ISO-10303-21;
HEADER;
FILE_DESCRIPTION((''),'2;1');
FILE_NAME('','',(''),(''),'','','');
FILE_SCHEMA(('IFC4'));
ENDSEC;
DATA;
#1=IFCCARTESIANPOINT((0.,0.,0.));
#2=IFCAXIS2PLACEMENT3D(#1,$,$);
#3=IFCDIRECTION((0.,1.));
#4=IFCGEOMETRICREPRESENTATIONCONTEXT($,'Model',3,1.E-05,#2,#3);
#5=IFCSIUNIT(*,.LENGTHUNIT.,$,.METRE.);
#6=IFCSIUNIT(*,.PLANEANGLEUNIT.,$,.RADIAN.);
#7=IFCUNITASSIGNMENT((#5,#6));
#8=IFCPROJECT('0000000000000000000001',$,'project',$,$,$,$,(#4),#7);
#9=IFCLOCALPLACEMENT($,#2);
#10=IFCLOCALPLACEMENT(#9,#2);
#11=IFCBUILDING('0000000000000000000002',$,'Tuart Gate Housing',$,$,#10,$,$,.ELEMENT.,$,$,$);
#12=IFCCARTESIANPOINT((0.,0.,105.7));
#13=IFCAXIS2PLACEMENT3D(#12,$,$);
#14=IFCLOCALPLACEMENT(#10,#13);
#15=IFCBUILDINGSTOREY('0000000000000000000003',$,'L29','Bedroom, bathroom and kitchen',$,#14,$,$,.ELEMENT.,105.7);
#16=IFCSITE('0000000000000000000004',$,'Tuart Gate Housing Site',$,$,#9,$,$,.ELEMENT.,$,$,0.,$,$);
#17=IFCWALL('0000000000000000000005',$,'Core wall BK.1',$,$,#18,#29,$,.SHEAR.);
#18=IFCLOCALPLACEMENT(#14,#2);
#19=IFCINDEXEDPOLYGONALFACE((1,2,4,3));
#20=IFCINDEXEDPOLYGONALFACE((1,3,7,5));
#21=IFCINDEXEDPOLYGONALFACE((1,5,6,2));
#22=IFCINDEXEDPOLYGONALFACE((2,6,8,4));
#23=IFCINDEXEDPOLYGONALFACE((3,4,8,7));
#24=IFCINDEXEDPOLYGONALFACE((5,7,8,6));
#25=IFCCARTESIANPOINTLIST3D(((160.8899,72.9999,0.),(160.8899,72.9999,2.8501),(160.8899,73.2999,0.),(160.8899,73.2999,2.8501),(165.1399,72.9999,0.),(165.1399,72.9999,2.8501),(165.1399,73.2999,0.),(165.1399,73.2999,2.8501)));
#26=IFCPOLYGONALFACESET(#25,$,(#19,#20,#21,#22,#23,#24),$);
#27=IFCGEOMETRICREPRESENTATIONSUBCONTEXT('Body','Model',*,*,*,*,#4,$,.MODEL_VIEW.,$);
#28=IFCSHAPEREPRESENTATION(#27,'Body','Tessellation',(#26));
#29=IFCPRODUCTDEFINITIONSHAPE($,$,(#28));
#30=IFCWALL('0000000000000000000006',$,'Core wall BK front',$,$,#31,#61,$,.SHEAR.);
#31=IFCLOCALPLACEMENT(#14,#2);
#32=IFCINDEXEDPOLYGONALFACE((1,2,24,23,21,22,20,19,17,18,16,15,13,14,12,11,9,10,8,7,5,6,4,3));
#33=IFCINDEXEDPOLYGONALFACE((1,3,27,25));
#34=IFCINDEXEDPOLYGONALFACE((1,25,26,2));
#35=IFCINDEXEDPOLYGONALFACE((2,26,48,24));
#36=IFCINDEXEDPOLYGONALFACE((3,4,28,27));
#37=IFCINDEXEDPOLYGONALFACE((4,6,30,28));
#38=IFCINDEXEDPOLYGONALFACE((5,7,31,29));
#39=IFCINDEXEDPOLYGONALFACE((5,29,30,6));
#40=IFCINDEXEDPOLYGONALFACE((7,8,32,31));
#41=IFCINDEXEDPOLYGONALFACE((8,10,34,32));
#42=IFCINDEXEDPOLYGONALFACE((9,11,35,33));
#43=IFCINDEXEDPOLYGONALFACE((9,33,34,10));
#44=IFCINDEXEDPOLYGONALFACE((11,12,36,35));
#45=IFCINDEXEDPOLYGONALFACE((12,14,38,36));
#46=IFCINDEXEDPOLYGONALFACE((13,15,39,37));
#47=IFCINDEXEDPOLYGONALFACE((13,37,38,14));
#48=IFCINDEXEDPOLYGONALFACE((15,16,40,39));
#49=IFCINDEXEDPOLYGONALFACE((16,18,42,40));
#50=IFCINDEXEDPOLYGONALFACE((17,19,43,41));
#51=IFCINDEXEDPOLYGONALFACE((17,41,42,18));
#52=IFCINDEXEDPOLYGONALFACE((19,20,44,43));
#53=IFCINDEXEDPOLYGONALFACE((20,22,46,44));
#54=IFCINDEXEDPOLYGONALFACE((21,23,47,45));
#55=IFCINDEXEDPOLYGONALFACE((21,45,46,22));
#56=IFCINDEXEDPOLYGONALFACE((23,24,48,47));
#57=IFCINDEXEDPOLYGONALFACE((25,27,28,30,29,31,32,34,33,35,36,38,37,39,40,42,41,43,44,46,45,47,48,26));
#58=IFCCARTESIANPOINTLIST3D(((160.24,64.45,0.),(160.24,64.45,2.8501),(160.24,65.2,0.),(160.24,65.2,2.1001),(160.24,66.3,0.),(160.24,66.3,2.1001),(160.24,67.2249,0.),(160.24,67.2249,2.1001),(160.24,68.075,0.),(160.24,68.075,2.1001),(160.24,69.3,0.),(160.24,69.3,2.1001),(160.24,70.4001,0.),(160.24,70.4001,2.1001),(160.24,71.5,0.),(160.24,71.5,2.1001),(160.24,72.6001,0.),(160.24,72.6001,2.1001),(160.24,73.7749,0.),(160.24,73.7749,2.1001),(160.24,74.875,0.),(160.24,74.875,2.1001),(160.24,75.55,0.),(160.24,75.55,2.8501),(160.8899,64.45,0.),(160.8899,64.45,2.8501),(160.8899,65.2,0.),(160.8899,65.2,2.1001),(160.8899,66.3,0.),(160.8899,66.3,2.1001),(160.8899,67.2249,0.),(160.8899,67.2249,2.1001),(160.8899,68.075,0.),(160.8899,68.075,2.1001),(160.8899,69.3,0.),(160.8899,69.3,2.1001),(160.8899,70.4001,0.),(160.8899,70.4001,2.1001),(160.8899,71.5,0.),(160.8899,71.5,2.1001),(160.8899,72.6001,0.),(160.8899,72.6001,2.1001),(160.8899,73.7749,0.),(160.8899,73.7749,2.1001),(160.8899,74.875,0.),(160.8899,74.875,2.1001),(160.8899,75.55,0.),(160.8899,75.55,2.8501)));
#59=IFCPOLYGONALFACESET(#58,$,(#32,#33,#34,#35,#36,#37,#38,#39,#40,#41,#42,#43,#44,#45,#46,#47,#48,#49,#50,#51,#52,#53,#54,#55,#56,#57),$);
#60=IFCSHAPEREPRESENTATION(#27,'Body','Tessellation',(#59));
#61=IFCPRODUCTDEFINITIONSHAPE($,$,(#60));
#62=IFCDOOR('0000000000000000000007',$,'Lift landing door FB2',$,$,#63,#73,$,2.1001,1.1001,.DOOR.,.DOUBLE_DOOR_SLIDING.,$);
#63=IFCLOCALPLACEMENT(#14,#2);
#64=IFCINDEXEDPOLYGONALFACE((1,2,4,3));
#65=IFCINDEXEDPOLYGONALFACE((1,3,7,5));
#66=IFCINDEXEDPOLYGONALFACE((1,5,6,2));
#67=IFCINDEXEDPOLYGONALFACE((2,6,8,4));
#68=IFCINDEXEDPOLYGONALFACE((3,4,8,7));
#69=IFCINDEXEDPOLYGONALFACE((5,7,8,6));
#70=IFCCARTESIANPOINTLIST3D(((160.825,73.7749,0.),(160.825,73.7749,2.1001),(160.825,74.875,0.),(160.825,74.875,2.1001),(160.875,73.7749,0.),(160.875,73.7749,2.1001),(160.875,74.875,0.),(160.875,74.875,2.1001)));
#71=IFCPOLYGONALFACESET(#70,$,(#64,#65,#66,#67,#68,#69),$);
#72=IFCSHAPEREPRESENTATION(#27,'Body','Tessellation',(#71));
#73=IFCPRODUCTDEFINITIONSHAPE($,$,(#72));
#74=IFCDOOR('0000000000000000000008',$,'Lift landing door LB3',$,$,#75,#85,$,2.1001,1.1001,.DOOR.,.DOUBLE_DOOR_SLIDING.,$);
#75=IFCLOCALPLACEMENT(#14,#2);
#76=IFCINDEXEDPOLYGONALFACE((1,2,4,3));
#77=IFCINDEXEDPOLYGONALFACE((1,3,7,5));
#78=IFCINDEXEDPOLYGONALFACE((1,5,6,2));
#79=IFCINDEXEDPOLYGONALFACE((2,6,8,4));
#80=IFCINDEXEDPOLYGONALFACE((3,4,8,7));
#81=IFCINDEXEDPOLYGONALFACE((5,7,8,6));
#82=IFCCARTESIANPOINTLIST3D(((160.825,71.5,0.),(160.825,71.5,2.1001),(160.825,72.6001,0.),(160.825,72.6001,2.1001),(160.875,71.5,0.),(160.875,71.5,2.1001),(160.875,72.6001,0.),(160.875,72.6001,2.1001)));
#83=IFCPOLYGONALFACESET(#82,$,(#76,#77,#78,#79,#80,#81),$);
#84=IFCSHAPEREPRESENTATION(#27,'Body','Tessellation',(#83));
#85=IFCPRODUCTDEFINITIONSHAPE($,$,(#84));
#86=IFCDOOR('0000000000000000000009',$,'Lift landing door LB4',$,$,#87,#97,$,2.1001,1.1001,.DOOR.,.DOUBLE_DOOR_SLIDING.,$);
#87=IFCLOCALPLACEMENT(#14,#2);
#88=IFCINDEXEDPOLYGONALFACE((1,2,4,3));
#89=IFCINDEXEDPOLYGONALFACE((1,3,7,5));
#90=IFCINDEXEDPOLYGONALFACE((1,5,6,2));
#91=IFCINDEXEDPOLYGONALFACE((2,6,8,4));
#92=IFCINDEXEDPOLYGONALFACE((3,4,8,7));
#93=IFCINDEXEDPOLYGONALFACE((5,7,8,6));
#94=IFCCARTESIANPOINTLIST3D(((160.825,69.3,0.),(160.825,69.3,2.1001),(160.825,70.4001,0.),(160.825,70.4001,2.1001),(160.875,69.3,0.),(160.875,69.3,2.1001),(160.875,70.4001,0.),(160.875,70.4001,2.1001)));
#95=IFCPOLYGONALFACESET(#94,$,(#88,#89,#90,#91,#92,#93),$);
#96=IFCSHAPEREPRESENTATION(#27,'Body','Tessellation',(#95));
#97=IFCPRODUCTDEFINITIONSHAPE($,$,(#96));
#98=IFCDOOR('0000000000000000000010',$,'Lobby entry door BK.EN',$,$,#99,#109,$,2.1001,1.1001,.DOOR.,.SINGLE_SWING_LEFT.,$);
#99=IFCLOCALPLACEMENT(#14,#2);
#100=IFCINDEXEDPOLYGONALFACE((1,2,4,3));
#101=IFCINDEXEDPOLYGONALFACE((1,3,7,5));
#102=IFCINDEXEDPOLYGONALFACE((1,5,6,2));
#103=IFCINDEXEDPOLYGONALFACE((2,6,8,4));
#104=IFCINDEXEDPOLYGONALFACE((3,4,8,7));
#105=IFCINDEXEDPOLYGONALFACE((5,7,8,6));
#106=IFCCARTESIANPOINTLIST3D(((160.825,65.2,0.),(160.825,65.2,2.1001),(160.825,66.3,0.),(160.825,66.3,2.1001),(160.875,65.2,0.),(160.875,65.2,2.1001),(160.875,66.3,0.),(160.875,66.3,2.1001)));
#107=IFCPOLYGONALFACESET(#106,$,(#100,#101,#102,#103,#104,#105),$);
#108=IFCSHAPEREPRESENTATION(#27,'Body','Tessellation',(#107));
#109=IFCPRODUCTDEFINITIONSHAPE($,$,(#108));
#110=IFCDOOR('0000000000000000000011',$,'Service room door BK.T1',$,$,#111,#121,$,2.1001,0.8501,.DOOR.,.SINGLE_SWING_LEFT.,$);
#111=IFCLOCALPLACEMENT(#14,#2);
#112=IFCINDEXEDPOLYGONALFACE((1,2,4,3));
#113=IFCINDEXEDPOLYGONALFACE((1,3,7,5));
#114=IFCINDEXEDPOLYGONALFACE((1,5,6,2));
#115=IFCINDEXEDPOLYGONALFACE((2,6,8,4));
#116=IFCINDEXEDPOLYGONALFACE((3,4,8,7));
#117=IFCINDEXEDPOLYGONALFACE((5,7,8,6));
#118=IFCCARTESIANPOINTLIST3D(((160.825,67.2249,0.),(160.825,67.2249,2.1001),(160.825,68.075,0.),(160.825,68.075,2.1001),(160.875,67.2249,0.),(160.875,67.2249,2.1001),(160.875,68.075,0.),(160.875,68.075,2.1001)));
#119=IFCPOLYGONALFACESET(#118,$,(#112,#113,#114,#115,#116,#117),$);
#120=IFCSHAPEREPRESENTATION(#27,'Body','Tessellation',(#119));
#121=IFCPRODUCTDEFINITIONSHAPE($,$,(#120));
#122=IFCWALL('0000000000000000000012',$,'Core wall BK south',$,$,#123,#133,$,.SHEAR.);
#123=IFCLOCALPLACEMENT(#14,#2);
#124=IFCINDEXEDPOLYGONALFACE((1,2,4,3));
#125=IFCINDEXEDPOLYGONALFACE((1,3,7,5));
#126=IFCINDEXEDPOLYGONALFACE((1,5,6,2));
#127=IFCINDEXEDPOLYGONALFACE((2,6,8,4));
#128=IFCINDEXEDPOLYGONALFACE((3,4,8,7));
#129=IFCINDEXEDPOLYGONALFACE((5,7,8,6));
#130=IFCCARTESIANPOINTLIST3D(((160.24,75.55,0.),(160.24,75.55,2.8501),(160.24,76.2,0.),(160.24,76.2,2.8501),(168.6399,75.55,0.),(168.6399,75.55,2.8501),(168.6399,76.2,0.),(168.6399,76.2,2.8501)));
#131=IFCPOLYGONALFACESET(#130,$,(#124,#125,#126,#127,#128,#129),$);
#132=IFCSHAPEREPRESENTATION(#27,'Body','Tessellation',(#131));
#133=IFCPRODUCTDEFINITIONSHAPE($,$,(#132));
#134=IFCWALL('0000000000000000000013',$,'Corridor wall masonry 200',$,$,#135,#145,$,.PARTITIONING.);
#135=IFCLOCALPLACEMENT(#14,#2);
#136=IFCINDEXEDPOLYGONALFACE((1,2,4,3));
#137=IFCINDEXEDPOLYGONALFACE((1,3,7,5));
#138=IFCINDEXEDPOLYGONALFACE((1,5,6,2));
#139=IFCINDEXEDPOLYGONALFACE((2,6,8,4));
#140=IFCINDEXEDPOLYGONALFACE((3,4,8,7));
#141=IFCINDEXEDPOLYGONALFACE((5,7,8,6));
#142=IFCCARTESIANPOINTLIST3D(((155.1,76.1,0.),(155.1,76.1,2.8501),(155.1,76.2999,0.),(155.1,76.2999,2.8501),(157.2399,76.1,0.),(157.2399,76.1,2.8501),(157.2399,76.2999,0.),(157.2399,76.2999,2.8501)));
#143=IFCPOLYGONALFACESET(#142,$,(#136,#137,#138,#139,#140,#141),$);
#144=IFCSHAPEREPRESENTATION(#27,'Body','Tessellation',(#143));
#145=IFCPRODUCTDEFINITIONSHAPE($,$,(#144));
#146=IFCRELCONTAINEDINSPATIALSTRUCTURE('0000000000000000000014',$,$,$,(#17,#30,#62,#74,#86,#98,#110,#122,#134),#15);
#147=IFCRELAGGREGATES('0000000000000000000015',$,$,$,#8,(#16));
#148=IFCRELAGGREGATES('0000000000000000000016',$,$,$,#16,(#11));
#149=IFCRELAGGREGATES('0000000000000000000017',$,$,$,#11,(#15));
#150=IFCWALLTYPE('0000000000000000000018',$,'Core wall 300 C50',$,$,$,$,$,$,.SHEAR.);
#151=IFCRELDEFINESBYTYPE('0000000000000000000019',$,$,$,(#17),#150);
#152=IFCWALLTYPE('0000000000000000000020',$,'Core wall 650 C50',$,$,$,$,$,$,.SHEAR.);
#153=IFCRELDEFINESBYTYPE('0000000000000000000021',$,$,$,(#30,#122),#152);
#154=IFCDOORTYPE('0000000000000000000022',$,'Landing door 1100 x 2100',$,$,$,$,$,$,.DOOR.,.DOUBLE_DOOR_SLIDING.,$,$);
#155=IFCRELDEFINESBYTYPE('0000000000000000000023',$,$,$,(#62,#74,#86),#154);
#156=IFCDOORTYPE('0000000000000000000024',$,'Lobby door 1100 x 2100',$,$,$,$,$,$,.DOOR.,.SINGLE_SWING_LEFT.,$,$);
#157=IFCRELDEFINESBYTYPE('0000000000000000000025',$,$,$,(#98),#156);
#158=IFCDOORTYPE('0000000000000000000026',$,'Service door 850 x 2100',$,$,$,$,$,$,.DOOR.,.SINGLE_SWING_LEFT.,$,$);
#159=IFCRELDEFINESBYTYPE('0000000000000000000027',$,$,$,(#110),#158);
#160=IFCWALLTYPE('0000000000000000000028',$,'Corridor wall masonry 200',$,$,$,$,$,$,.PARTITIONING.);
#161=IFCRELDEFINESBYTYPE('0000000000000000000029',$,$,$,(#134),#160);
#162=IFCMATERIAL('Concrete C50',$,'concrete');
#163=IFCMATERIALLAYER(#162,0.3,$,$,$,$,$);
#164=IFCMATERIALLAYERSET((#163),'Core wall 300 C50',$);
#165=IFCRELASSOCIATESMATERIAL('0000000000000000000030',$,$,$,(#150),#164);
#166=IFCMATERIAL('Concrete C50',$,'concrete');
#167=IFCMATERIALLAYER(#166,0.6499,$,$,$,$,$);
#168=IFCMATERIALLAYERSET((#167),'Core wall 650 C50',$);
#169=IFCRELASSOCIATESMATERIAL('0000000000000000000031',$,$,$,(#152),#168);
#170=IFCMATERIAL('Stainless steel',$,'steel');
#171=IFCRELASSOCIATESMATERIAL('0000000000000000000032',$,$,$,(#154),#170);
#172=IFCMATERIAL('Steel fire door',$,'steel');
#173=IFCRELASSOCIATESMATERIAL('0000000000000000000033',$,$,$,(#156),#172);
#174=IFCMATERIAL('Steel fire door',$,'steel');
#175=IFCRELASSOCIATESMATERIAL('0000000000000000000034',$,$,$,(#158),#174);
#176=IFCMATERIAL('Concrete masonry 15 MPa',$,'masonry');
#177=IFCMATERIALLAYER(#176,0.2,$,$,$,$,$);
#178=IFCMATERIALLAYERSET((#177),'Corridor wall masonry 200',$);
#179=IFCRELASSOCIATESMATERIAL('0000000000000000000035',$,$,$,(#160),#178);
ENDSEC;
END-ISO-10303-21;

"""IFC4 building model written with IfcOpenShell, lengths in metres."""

from ifc_helpers import new_model, si_unit, direction, frame, frame_2d, origin, place, context, subcontext, project, spatial, rectangle, extrude, material, layer, layer_set, type_object, element, fill, save


model = new_model("IFC4")

# Units and contexts
model_context = context("Model", 3, precision=1e-05, world=origin(), true_north=direction((0.0, 1.0)))
body_context = subcontext(model_context, "Body", "Model", "MODEL_VIEW")
ifc_project = project(units=[si_unit("LENGTHUNIT", "METRE"), si_unit("PLANEANGLEUNIT", "RADIAN")], contexts=[model_context])

# Site, building, storey
site_placement = place(None, origin())
site = spatial("IfcSite", under=ifc_project, at=site_placement, Name="Tuart Gate Housing Site", CompositionType="ELEMENT", RefElevation=0.0)
building_placement = place(site_placement, origin())
building = spatial("IfcBuilding", under=site, at=building_placement, Name="Tuart Gate Housing", CompositionType="ELEMENT")
storey_placement = place(building_placement, frame((0.0, 0.0, 105.7)))
storey = spatial("IfcBuildingStorey", under=building, at=storey_placement, Name="L29", Description="Bedroom, bathroom and kitchen", CompositionType="ELEMENT", Elevation=105.7)

# Wall
ifc_material_1 = material(Name="Concrete C50", Category="concrete")
ifc_layer_1 = layer(ifc_material_1, 0.3)
ifc_layer_set_1 = layer_set([ifc_layer_1], Name="Core wall 300 C50")
wall_type_1 = type_object("IfcWallType", Name="Core wall 300 C50", PredefinedType="SHEAR", material=ifc_layer_set_1)
wall_1_placement = place(storey_placement, frame((160.8899, 73.1499, 0.0), z_axis=(0.0, 0.0, 1.0), x_axis=(1.0, 0.0, 0.0)))
element("IfcWall", 1, at=wall_1_placement, inside=storey, type_object=wall_type_1, Name="Core wall BK.1", PredefinedType="SHEAR", context=body_context, shape_type="SweptSolid", body=[
    extrude(rectangle(XDim=4.25, YDim=0.3, at=frame_2d((2.125, 0.0))), origin(), (0.0, 0.0, 1.0), 2.8501),
])

# Wall, openings, doors
ifc_material_2 = material(Name="Concrete C50", Category="concrete")
ifc_layer_2 = layer(ifc_material_2, 0.6499)
ifc_layer_set_2 = layer_set([ifc_layer_2], Name="Core wall 650 C50")
wall_type_2 = type_object("IfcWallType", Name="Core wall 650 C50", PredefinedType="SHEAR", material=ifc_layer_set_2)
wall_2_placement = place(storey_placement, frame((160.5649, 75.55, 0.0), z_axis=(0.0, 0.0, 1.0), x_axis=(0.0, -1.0, 0.0)))
wall_2 = element("IfcWall", 2, at=wall_2_placement, inside=storey, type_object=wall_type_2, Name="Core wall BK front", PredefinedType="SHEAR", context=body_context, shape_type="SweptSolid", body=[
    extrude(rectangle(XDim=11.1001, YDim=0.6499, at=frame_2d((5.55, 0.0))), origin(), (0.0, 0.0, 1.0), 2.8501),
])
opening_1_placement = place(wall_2_placement, frame((0.675, 0.0, 0.0)))
opening_1 = element("IfcOpeningElement", 3, at=opening_1_placement, cuts=wall_2, PredefinedType="OPENING", context=body_context, shape_type="SweptSolid", body=[
    extrude(rectangle(XDim=1.1001, YDim=2.1001, at=frame_2d((0.55, 1.05))), frame((0.0, 0.335, 0.0), z_axis=(0.0, -1.0, 0.0), x_axis=(1.0, 0.0, 0.0)), (0.0, 0.0, 1.0), 0.6699),
])
opening_2_placement = place(wall_2_placement, frame((2.95, 0.0, 0.0)))
opening_2 = element("IfcOpeningElement", 4, at=opening_2_placement, cuts=wall_2, PredefinedType="OPENING", context=body_context, shape_type="SweptSolid", body=[
    extrude(rectangle(XDim=1.1001, YDim=2.1001, at=frame_2d((0.55, 1.05))), frame((0.0, 0.335, 0.0), z_axis=(0.0, -1.0, 0.0), x_axis=(1.0, 0.0, 0.0)), (0.0, 0.0, 1.0), 0.6699),
])
opening_3_placement = place(wall_2_placement, frame((5.1499, 0.0, 0.0)))
opening_3 = element("IfcOpeningElement", 5, at=opening_3_placement, cuts=wall_2, PredefinedType="OPENING", context=body_context, shape_type="SweptSolid", body=[
    extrude(rectangle(XDim=1.1001, YDim=2.1001, at=frame_2d((0.55, 1.05))), frame((0.0, 0.335, 0.0), z_axis=(0.0, -1.0, 0.0), x_axis=(1.0, 0.0, 0.0)), (0.0, 0.0, 1.0), 0.6699),
])
opening_4_placement = place(wall_2_placement, frame((9.25, 0.0, 0.0)))
opening_4 = element("IfcOpeningElement", 6, at=opening_4_placement, cuts=wall_2, PredefinedType="OPENING", context=body_context, shape_type="SweptSolid", body=[
    extrude(rectangle(XDim=1.1001, YDim=2.1001, at=frame_2d((0.55, 1.05))), frame((0.0, 0.335, 0.0), z_axis=(0.0, -1.0, 0.0), x_axis=(1.0, 0.0, 0.0)), (0.0, 0.0, 1.0), 0.6699),
])
opening_5_placement = place(wall_2_placement, frame((7.4751, 0.0, 0.0)))
opening_5 = element("IfcOpeningElement", 7, at=opening_5_placement, cuts=wall_2, PredefinedType="OPENING", context=body_context, shape_type="SweptSolid", body=[
    extrude(rectangle(XDim=0.8501, YDim=2.1001, at=frame_2d((0.425, 1.05))), frame((0.0, 0.335, 0.0), z_axis=(0.0, -1.0, 0.0), x_axis=(1.0, 0.0, 0.0)), (0.0, 0.0, 1.0), 0.6699),
])
ifc_material_3 = material(Name="Stainless steel", Category="steel")
door_type_1 = type_object("IfcDoorType", Name="Landing door 1100 x 2100", OperationType="DOUBLE_DOOR_SLIDING", PredefinedType="DOOR", material=ifc_material_3)
door_1_placement = place(opening_1_placement, origin())
door_1 = element("IfcDoor", 8, at=door_1_placement, inside=storey, type_object=door_type_1, Name="Lift landing door FB2", OperationType="DOUBLE_DOOR_SLIDING", OverallHeight=2.1001, OverallWidth=1.1001, PredefinedType="DOOR", context=body_context, shape_type="SweptSolid", body=[
    extrude(rectangle(XDim=1.1001, YDim=2.1001, at=frame_2d((0.55, 1.05))), frame((0.0, 0.3101, 0.0), z_axis=(0.0, -1.0, 0.0), x_axis=(1.0, 0.0, 0.0)), (0.0, 0.0, 1.0), 0.05),
])
fill(opening_1, door_1)
door_2_placement = place(opening_2_placement, origin())
door_2 = element("IfcDoor", 9, at=door_2_placement, inside=storey, type_object=door_type_1, Name="Lift landing door LB3", OperationType="DOUBLE_DOOR_SLIDING", OverallHeight=2.1001, OverallWidth=1.1001, PredefinedType="DOOR", context=body_context, shape_type="SweptSolid", body=[
    extrude(rectangle(XDim=1.1001, YDim=2.1001, at=frame_2d((0.55, 1.05))), frame((0.0, 0.3101, 0.0), z_axis=(0.0, -1.0, 0.0), x_axis=(1.0, 0.0, 0.0)), (0.0, 0.0, 1.0), 0.05),
])
fill(opening_2, door_2)
door_3_placement = place(opening_3_placement, origin())
door_3 = element("IfcDoor", 10, at=door_3_placement, inside=storey, type_object=door_type_1, Name="Lift landing door LB4", OperationType="DOUBLE_DOOR_SLIDING", OverallHeight=2.1001, OverallWidth=1.1001, PredefinedType="DOOR", context=body_context, shape_type="SweptSolid", body=[
    extrude(rectangle(XDim=1.1001, YDim=2.1001, at=frame_2d((0.55, 1.05))), frame((0.0, 0.3101, 0.0), z_axis=(0.0, -1.0, 0.0), x_axis=(1.0, 0.0, 0.0)), (0.0, 0.0, 1.0), 0.05),
])
fill(opening_3, door_3)
ifc_material_4 = material(Name="Steel fire door", Category="steel")
door_type_2 = type_object("IfcDoorType", Name="Lobby door 1100 x 2100", OperationType="SINGLE_SWING_LEFT", PredefinedType="DOOR", material=ifc_material_4)
door_4_placement = place(opening_4_placement, origin())
door_4 = element("IfcDoor", 11, at=door_4_placement, inside=storey, type_object=door_type_2, Name="Lobby entry door BK.EN", OperationType="SINGLE_SWING_LEFT", OverallHeight=2.1001, OverallWidth=1.1001, PredefinedType="DOOR", context=body_context, shape_type="SweptSolid", body=[
    extrude(rectangle(XDim=1.1001, YDim=2.1001, at=frame_2d((0.55, 1.05))), frame((0.0, 0.3101, 0.0), z_axis=(0.0, -1.0, 0.0), x_axis=(1.0, 0.0, 0.0)), (0.0, 0.0, 1.0), 0.05),
])
fill(opening_4, door_4)
ifc_material_5 = material(Name="Steel fire door", Category="steel")
door_type_3 = type_object("IfcDoorType", Name="Service door 850 x 2100", OperationType="SINGLE_SWING_LEFT", PredefinedType="DOOR", material=ifc_material_5)
door_5_placement = place(opening_5_placement, origin())
door_5 = element("IfcDoor", 12, at=door_5_placement, inside=storey, type_object=door_type_3, Name="Service room door BK.T1", OperationType="SINGLE_SWING_LEFT", OverallHeight=2.1001, OverallWidth=0.8501, PredefinedType="DOOR", context=body_context, shape_type="SweptSolid", body=[
    extrude(rectangle(XDim=0.8501, YDim=2.1001, at=frame_2d((0.425, 1.05))), frame((0.0, 0.3101, 0.0), z_axis=(0.0, -1.0, 0.0), x_axis=(1.0, 0.0, 0.0)), (0.0, 0.0, 1.0), 0.05),
])
fill(opening_5, door_5)

# Walls
wall_3_placement = place(storey_placement, frame((160.24, 75.875, 0.0), z_axis=(0.0, 0.0, 1.0), x_axis=(1.0, 0.0, 0.0)))
element("IfcWall", 13, at=wall_3_placement, inside=storey, type_object=wall_type_2, Name="Core wall BK south", PredefinedType="SHEAR", context=body_context, shape_type="SweptSolid", body=[
    extrude(rectangle(XDim=8.3999, YDim=0.6499, at=frame_2d((4.2, 0.0))), origin(), (0.0, 0.0, 1.0), 2.8501),
])
ifc_material_6 = material(Name="Concrete masonry 15 MPa", Category="masonry")
ifc_layer_3 = layer(ifc_material_6, 0.2)
ifc_layer_set_3 = layer_set([ifc_layer_3], Name="Corridor wall masonry 200")
wall_type_3 = type_object("IfcWallType", Name="Corridor wall masonry 200", PredefinedType="PARTITIONING", material=ifc_layer_set_3)
wall_4_placement = place(storey_placement, frame((155.1001, 76.2, 0.0), z_axis=(0.0, 0.0, 1.0), x_axis=(1.0, 0.0, 0.0)))
element("IfcWall", 14, at=wall_4_placement, inside=storey, type_object=wall_type_3, Name="Corridor wall masonry 200", PredefinedType="PARTITIONING", context=body_context, shape_type="SweptSolid", body=[
    extrude(rectangle(XDim=2.1399, YDim=0.2, at=frame_2d((1.0698, 0.0))), origin(), (0.0, 0.0, 1.0), 2.8501),
])

save(model, "model.ifc")
